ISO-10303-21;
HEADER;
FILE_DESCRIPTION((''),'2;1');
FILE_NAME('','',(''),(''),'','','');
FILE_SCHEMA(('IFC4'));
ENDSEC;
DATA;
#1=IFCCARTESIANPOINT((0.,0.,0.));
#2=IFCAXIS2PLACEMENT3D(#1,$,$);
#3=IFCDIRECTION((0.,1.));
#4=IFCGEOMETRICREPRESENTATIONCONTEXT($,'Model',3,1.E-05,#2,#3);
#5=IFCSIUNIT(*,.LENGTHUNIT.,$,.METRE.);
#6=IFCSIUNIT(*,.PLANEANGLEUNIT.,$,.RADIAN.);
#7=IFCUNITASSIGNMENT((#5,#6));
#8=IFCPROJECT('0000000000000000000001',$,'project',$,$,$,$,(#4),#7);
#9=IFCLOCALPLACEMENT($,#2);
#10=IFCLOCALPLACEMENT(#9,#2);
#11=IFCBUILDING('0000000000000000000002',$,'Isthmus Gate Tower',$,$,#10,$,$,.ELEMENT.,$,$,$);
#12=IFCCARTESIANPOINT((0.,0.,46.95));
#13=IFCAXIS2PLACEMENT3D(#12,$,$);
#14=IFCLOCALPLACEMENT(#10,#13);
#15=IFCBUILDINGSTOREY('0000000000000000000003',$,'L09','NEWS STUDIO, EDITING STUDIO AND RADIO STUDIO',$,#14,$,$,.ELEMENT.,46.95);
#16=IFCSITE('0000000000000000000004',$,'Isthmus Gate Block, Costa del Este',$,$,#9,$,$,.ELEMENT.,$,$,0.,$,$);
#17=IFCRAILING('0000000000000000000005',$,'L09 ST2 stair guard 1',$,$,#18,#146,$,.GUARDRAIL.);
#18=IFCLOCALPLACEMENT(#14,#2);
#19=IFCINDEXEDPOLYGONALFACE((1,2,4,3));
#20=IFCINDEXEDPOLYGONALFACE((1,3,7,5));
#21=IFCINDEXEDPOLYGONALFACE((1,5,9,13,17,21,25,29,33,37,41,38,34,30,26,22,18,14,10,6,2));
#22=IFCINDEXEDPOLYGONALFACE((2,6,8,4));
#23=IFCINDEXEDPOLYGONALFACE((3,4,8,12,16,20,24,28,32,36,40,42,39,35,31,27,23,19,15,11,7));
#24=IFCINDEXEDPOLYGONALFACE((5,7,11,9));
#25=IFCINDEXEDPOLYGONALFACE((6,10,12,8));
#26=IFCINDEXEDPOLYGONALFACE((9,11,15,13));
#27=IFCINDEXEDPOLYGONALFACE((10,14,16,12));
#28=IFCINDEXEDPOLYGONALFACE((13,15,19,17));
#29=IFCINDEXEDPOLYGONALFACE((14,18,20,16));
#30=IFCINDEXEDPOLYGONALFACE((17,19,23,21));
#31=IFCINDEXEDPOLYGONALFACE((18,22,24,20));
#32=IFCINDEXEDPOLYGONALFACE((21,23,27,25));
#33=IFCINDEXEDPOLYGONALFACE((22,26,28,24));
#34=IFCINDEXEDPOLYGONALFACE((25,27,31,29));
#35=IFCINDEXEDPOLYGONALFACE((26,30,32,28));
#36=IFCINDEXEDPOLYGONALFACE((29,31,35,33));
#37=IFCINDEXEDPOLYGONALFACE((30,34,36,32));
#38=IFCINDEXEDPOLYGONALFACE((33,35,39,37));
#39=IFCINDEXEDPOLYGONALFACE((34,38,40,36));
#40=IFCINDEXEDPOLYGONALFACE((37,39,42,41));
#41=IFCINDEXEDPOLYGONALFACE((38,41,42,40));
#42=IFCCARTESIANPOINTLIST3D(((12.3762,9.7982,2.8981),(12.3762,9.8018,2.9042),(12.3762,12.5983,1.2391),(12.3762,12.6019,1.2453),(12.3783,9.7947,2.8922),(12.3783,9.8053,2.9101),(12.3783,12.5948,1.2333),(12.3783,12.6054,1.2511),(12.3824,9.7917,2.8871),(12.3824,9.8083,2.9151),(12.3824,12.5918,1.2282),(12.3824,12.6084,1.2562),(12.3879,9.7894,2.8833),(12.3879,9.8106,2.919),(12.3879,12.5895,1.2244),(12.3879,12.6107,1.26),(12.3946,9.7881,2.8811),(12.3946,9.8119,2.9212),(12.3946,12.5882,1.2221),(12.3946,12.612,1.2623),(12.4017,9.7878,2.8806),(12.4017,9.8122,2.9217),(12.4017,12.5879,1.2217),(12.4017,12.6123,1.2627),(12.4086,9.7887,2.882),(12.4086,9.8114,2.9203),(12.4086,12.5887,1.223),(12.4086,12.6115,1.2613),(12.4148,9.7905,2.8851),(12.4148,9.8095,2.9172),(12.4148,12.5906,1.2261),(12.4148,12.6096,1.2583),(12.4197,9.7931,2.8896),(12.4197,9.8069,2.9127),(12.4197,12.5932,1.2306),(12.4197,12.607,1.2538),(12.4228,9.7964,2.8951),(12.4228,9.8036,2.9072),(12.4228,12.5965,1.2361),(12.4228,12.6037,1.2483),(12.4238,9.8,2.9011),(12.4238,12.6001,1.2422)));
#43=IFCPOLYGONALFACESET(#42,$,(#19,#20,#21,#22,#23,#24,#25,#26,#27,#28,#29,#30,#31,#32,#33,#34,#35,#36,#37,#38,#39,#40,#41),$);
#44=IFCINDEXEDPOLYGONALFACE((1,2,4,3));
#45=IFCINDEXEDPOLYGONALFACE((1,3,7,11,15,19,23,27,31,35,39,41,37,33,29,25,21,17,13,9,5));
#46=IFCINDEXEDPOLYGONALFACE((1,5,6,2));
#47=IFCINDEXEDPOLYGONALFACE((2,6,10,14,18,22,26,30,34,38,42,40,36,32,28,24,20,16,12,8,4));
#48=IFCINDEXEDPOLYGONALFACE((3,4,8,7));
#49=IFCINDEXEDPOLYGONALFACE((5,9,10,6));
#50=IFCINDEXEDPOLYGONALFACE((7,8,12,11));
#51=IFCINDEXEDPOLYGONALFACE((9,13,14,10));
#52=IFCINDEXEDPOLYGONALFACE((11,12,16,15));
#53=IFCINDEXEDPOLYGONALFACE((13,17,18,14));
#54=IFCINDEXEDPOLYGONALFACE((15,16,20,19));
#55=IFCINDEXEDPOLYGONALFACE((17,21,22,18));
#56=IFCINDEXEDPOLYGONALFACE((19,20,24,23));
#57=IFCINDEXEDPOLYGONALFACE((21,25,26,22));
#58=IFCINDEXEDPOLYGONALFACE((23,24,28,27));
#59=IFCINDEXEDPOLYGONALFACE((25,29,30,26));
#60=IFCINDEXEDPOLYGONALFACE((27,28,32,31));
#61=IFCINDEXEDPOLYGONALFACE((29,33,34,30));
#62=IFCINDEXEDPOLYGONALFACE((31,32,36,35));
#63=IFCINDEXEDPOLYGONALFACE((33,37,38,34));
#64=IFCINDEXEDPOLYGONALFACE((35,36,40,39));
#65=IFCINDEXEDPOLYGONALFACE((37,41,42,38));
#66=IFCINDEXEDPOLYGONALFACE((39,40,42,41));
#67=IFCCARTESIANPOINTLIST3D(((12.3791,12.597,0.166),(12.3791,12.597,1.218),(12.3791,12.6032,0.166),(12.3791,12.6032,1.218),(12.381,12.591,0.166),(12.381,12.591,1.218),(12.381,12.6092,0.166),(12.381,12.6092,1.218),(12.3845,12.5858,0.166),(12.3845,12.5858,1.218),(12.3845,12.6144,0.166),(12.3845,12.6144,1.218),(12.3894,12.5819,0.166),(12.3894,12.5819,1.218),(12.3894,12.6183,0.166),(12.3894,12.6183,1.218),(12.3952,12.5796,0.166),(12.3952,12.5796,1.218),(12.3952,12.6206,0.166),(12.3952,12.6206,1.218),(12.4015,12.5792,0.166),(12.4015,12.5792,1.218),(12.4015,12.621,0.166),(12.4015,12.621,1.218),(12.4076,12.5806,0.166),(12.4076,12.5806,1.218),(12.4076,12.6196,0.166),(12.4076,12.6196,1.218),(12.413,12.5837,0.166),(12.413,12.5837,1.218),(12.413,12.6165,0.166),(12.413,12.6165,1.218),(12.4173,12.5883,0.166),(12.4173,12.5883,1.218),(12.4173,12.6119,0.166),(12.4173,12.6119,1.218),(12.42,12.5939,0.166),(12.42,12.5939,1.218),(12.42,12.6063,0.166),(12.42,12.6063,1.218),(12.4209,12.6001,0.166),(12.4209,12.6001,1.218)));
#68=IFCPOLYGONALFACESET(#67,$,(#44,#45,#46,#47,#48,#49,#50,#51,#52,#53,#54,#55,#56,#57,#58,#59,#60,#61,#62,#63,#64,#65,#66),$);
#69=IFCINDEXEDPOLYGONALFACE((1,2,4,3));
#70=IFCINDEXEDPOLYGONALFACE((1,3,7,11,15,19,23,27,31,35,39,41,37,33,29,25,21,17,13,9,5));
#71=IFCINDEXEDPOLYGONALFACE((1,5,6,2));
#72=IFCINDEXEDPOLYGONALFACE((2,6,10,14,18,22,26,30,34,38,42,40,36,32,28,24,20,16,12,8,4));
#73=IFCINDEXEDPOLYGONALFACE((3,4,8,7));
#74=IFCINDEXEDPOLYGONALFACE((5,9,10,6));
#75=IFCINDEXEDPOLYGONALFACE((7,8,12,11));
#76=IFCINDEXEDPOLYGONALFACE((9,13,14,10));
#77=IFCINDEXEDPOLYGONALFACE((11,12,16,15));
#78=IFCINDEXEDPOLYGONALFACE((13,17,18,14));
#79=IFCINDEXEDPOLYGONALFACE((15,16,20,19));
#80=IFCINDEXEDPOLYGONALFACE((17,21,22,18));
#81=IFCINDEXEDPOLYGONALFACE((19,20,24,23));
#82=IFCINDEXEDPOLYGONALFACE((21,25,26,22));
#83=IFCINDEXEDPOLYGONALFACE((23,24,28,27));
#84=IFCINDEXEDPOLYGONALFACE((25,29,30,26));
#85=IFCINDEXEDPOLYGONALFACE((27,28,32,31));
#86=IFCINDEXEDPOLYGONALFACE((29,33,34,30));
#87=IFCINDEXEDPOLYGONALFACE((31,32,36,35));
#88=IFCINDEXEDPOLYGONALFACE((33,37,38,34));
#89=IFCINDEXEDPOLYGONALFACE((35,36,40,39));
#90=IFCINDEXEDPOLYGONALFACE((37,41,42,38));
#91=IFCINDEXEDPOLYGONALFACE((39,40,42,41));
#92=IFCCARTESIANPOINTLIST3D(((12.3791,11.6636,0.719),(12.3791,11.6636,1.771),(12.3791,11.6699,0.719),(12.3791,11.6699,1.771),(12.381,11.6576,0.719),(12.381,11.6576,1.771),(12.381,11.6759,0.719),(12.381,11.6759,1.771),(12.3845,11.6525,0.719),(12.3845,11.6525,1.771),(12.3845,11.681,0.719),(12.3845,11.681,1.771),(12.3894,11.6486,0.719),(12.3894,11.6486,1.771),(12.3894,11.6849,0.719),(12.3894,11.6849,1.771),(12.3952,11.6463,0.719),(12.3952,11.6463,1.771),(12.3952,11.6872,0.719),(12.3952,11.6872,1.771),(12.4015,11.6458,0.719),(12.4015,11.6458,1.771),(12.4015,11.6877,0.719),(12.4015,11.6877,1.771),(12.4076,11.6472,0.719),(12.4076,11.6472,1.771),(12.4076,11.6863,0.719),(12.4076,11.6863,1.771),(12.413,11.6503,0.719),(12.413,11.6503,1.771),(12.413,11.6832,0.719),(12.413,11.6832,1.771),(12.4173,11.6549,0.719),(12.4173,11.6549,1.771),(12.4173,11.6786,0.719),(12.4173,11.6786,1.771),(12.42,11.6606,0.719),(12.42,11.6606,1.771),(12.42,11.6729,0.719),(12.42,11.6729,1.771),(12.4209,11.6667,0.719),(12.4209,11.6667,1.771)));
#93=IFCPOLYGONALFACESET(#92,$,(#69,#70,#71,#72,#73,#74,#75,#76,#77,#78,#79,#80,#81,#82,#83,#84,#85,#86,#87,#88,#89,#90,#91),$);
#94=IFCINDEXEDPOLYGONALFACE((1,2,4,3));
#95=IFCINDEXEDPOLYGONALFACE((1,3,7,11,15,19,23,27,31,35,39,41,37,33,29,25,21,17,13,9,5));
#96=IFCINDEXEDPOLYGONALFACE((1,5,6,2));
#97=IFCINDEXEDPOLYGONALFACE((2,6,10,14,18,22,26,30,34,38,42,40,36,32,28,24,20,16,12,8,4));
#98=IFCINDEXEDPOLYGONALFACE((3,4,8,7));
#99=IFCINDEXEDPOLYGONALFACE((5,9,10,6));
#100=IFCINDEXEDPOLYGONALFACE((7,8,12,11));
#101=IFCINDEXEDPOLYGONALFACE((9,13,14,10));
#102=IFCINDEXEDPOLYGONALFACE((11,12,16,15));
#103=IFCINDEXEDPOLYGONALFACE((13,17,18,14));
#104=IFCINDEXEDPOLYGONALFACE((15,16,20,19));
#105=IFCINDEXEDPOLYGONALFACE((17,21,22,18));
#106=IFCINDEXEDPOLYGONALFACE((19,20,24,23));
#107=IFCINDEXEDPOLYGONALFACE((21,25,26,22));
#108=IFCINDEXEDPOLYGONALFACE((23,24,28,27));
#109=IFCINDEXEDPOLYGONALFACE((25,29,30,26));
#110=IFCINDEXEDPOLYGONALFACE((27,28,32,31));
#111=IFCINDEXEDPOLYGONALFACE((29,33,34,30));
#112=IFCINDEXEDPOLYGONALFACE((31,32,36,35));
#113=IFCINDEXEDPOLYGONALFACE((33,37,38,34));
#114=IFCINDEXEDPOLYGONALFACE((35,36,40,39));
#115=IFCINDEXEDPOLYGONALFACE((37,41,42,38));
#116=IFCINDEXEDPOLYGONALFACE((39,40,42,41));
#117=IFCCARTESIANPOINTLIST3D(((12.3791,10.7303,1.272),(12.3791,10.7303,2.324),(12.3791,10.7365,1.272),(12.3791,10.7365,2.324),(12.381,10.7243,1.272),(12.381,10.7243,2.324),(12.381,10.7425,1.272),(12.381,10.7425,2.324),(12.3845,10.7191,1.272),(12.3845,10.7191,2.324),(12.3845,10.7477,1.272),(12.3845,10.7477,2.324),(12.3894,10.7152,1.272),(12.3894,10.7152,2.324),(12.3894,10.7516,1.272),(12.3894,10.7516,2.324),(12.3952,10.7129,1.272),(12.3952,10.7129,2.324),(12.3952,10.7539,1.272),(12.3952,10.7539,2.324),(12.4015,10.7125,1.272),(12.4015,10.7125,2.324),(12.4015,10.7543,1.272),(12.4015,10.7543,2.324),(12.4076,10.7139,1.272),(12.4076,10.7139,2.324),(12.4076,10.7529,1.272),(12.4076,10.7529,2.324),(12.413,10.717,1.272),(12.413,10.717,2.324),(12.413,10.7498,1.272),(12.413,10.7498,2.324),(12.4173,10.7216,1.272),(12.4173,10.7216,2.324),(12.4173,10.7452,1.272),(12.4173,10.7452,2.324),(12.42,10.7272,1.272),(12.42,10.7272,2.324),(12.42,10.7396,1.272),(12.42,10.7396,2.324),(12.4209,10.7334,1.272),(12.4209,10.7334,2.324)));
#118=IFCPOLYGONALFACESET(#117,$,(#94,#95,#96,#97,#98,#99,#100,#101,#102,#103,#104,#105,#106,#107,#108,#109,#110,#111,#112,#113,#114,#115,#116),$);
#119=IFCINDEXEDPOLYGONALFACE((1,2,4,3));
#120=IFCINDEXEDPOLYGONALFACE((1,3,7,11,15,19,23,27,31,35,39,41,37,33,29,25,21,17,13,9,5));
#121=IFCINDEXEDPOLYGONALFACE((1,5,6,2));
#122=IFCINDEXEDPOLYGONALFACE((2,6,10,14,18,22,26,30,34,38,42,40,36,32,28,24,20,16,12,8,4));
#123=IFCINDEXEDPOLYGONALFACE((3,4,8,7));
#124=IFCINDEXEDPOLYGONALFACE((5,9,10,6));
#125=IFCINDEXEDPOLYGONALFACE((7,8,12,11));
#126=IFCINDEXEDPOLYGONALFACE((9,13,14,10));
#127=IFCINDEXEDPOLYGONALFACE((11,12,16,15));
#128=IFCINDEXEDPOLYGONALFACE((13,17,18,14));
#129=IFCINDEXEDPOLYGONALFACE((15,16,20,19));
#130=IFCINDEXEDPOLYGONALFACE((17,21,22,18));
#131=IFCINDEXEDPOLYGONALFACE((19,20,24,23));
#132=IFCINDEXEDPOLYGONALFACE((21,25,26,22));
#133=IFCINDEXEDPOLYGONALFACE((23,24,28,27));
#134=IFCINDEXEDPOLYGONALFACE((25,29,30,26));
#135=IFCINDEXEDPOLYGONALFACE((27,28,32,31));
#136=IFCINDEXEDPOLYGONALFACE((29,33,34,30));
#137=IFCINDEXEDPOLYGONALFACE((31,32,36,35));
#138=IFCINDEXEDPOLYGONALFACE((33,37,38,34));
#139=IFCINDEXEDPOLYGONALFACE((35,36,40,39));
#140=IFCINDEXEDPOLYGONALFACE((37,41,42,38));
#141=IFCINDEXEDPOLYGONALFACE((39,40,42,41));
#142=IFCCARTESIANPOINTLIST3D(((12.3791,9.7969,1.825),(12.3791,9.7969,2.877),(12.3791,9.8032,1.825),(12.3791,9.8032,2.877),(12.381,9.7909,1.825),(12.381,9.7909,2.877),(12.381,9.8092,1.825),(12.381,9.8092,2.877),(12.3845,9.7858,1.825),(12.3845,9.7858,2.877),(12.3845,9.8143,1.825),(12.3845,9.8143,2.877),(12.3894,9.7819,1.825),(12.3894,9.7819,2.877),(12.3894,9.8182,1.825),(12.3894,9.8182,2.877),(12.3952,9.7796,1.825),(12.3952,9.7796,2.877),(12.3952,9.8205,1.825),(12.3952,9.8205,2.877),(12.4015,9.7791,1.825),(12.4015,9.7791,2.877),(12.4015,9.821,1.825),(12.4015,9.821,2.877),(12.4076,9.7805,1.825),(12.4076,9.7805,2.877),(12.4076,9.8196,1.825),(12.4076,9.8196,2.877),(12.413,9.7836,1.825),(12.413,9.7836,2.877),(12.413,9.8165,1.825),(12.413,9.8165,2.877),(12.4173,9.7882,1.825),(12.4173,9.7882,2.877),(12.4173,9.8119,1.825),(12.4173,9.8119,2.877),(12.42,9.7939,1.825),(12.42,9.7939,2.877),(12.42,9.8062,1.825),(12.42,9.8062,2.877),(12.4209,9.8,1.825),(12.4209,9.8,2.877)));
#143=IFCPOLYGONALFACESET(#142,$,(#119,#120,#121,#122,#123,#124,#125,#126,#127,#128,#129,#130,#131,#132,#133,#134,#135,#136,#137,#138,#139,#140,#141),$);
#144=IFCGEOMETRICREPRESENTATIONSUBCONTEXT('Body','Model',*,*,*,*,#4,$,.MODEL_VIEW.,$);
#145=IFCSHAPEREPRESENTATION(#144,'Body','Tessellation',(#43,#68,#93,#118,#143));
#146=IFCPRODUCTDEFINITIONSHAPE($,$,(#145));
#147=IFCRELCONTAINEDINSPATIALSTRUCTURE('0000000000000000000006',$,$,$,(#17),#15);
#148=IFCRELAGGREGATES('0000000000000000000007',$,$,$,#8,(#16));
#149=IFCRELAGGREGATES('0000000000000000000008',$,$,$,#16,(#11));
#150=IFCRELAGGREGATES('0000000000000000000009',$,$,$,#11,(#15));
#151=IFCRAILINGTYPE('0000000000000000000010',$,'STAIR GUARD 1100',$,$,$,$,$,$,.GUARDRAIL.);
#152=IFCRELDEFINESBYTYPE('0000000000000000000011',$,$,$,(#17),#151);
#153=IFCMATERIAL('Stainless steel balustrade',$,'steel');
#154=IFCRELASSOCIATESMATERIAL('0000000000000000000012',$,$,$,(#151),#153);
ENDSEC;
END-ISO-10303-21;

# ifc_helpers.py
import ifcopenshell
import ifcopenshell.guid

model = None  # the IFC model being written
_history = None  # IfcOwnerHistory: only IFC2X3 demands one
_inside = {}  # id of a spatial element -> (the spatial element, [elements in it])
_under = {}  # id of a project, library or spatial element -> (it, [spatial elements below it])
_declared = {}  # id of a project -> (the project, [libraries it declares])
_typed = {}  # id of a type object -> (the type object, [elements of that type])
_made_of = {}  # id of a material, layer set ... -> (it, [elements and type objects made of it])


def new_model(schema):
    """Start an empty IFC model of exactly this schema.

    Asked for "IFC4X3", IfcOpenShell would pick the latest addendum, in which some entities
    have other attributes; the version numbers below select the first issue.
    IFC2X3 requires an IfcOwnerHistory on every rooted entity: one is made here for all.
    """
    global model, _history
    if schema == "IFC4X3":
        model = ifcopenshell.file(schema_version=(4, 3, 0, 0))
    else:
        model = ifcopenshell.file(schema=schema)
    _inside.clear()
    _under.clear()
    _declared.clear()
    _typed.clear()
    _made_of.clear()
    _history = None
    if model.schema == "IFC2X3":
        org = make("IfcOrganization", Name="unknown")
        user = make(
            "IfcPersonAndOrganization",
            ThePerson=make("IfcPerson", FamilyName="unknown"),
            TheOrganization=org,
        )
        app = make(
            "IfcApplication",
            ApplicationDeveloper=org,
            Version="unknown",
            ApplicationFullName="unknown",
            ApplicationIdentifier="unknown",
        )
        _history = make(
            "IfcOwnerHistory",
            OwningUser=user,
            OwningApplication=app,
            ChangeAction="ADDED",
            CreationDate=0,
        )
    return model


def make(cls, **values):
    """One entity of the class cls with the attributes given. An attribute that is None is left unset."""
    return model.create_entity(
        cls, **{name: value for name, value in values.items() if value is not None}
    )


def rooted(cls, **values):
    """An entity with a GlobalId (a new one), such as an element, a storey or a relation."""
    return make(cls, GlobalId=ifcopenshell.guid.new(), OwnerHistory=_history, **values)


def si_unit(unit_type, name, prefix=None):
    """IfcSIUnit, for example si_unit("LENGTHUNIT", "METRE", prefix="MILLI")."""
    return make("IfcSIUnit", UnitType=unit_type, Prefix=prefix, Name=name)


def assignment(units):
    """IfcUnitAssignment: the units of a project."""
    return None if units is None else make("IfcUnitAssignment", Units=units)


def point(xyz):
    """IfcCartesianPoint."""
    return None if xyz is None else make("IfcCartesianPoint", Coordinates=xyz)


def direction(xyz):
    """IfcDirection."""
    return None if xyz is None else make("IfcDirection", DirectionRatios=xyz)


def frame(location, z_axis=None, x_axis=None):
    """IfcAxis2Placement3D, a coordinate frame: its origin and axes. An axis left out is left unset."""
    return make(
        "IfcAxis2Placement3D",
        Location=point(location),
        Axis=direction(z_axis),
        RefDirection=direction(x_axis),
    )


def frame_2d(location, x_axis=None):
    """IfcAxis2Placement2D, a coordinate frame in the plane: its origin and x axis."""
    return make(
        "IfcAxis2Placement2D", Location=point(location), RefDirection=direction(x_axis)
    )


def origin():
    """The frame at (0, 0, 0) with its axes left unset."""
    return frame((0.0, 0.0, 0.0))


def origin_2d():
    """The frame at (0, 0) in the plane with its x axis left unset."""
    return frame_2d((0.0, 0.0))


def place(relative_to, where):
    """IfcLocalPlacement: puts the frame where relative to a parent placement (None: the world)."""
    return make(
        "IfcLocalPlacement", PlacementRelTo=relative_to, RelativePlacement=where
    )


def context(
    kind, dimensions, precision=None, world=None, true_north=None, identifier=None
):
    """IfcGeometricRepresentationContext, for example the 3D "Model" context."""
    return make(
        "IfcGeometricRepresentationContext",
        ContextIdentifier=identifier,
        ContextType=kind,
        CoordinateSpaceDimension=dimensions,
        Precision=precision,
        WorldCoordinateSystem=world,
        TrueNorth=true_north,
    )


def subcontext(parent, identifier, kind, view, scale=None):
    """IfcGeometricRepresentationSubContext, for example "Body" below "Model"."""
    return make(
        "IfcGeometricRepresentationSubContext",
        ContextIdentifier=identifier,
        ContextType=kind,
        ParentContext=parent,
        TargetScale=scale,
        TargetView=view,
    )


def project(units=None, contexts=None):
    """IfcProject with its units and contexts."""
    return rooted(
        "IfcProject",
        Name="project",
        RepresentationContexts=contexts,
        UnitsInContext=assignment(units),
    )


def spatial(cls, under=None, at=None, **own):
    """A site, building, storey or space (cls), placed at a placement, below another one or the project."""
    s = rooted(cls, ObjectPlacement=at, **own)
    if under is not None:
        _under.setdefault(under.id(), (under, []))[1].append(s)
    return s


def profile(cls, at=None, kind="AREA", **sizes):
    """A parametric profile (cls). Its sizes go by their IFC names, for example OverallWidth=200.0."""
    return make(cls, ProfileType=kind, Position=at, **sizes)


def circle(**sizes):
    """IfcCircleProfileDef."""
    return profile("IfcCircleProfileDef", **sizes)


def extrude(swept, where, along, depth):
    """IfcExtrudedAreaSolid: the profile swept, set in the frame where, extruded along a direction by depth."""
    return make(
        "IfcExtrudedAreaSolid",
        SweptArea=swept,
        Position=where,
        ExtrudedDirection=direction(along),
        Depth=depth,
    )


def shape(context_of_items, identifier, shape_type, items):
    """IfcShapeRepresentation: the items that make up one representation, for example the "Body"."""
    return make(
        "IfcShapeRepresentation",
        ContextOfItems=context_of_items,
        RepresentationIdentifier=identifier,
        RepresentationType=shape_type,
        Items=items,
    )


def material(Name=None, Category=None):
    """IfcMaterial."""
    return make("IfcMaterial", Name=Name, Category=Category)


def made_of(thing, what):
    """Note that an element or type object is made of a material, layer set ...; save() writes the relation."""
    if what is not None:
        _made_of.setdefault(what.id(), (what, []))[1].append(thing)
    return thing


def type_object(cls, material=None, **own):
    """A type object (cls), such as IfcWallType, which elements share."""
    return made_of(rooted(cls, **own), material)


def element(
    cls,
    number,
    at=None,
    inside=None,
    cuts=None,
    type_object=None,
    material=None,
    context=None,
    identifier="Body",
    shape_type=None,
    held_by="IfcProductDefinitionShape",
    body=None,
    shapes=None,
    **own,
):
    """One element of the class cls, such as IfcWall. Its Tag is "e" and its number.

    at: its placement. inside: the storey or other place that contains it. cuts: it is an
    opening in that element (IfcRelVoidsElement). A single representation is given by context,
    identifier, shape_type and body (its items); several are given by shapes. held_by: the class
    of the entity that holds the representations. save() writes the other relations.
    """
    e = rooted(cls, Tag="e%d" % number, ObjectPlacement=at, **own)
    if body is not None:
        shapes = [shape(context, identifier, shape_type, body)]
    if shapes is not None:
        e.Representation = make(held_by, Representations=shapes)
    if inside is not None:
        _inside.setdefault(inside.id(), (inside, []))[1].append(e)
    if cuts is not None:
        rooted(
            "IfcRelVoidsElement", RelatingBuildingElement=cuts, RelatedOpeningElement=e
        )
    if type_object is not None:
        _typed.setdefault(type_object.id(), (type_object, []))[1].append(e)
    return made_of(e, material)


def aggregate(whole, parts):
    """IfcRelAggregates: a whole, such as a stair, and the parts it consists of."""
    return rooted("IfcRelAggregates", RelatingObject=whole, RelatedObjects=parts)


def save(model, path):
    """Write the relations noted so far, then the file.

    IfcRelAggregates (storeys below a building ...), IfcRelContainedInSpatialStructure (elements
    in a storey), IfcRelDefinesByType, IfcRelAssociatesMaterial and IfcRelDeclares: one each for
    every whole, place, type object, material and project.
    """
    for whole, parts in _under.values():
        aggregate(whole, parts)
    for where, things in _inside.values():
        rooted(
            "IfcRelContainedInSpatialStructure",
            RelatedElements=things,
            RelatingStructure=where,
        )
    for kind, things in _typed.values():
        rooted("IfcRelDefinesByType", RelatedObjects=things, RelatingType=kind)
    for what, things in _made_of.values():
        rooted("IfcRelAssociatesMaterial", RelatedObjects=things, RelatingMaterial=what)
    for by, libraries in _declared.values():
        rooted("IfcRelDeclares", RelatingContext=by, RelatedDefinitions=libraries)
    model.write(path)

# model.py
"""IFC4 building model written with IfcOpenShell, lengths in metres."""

from ifc_helpers import new_model, si_unit, direction, frame, origin, origin_2d, place, context, subcontext, project, spatial, circle, extrude, material, type_object, element, save


model = new_model("IFC4")

# Units and contexts
model_context = context("Model", 3, precision=1e-05, world=origin(), true_north=direction((0.0, 1.0)))
body_context = subcontext(model_context, "Body", "Model", "MODEL_VIEW")
ifc_project = project(units=[si_unit("LENGTHUNIT", "METRE"), si_unit("PLANEANGLEUNIT", "RADIAN")], contexts=[model_context])

# Site, building, storey
site_placement = place(None, origin())
site = spatial("IfcSite", under=ifc_project, at=site_placement, Name="Isthmus Gate Block, Costa del Este", CompositionType="ELEMENT", RefElevation=0.0)
building_placement = place(site_placement, origin())
building = spatial("IfcBuilding", under=site, at=building_placement, Name="Isthmus Gate Tower", CompositionType="ELEMENT")
storey_placement = place(building_placement, frame((0.0, 0.0, 46.95)))
storey = spatial("IfcBuildingStorey", under=building, at=storey_placement, Name="L09", Description="NEWS STUDIO, EDITING STUDIO AND RADIO STUDIO", CompositionType="ELEMENT", Elevation=46.95)

# Railing
ifc_material_1 = material(Name="Stainless steel balustrade", Category="steel")
railing_type_1 = type_object("IfcRailingType", Name="STAIR GUARD 1100", PredefinedType="GUARDRAIL", material=ifc_material_1)
railing_1_placement = place(storey_placement, frame((12.3999, 12.6001, 0.166)))
element("IfcRailing", 1, at=railing_1_placement, inside=storey, type_object=railing_type_1, Name="L09 ST2 stair guard 1", PredefinedType="GUARDRAIL", context=body_context, shape_type="SweptSolid", body=[
    extrude(circle(Radius=0.0239, at=origin_2d()), frame((0.0, 0.0, 1.0762), z_axis=(0.0, -0.860339, 0.509722), x_axis=(1.0, 0.0, 0.0)), (0.0, 0.0, 1.0), 3.2546),
    extrude(circle(Radius=0.021, at=origin_2d()), origin(), (0.0, 0.0, 1.0), 1.052),
    extrude(circle(Radius=0.021, at=origin_2d()), frame((0.0, -0.9333, 0.553)), (0.0, 0.0, 1.0), 1.052),
    extrude(circle(Radius=0.021, at=origin_2d()), frame((0.0, -1.8667, 1.106)), (0.0, 0.0, 1.0), 1.052),
    extrude(circle(Radius=0.021, at=origin_2d()), frame((0.0, -2.8, 1.6589)), (0.0, 0.0, 1.0), 1.052),
])

save(model, "model.ifc")
